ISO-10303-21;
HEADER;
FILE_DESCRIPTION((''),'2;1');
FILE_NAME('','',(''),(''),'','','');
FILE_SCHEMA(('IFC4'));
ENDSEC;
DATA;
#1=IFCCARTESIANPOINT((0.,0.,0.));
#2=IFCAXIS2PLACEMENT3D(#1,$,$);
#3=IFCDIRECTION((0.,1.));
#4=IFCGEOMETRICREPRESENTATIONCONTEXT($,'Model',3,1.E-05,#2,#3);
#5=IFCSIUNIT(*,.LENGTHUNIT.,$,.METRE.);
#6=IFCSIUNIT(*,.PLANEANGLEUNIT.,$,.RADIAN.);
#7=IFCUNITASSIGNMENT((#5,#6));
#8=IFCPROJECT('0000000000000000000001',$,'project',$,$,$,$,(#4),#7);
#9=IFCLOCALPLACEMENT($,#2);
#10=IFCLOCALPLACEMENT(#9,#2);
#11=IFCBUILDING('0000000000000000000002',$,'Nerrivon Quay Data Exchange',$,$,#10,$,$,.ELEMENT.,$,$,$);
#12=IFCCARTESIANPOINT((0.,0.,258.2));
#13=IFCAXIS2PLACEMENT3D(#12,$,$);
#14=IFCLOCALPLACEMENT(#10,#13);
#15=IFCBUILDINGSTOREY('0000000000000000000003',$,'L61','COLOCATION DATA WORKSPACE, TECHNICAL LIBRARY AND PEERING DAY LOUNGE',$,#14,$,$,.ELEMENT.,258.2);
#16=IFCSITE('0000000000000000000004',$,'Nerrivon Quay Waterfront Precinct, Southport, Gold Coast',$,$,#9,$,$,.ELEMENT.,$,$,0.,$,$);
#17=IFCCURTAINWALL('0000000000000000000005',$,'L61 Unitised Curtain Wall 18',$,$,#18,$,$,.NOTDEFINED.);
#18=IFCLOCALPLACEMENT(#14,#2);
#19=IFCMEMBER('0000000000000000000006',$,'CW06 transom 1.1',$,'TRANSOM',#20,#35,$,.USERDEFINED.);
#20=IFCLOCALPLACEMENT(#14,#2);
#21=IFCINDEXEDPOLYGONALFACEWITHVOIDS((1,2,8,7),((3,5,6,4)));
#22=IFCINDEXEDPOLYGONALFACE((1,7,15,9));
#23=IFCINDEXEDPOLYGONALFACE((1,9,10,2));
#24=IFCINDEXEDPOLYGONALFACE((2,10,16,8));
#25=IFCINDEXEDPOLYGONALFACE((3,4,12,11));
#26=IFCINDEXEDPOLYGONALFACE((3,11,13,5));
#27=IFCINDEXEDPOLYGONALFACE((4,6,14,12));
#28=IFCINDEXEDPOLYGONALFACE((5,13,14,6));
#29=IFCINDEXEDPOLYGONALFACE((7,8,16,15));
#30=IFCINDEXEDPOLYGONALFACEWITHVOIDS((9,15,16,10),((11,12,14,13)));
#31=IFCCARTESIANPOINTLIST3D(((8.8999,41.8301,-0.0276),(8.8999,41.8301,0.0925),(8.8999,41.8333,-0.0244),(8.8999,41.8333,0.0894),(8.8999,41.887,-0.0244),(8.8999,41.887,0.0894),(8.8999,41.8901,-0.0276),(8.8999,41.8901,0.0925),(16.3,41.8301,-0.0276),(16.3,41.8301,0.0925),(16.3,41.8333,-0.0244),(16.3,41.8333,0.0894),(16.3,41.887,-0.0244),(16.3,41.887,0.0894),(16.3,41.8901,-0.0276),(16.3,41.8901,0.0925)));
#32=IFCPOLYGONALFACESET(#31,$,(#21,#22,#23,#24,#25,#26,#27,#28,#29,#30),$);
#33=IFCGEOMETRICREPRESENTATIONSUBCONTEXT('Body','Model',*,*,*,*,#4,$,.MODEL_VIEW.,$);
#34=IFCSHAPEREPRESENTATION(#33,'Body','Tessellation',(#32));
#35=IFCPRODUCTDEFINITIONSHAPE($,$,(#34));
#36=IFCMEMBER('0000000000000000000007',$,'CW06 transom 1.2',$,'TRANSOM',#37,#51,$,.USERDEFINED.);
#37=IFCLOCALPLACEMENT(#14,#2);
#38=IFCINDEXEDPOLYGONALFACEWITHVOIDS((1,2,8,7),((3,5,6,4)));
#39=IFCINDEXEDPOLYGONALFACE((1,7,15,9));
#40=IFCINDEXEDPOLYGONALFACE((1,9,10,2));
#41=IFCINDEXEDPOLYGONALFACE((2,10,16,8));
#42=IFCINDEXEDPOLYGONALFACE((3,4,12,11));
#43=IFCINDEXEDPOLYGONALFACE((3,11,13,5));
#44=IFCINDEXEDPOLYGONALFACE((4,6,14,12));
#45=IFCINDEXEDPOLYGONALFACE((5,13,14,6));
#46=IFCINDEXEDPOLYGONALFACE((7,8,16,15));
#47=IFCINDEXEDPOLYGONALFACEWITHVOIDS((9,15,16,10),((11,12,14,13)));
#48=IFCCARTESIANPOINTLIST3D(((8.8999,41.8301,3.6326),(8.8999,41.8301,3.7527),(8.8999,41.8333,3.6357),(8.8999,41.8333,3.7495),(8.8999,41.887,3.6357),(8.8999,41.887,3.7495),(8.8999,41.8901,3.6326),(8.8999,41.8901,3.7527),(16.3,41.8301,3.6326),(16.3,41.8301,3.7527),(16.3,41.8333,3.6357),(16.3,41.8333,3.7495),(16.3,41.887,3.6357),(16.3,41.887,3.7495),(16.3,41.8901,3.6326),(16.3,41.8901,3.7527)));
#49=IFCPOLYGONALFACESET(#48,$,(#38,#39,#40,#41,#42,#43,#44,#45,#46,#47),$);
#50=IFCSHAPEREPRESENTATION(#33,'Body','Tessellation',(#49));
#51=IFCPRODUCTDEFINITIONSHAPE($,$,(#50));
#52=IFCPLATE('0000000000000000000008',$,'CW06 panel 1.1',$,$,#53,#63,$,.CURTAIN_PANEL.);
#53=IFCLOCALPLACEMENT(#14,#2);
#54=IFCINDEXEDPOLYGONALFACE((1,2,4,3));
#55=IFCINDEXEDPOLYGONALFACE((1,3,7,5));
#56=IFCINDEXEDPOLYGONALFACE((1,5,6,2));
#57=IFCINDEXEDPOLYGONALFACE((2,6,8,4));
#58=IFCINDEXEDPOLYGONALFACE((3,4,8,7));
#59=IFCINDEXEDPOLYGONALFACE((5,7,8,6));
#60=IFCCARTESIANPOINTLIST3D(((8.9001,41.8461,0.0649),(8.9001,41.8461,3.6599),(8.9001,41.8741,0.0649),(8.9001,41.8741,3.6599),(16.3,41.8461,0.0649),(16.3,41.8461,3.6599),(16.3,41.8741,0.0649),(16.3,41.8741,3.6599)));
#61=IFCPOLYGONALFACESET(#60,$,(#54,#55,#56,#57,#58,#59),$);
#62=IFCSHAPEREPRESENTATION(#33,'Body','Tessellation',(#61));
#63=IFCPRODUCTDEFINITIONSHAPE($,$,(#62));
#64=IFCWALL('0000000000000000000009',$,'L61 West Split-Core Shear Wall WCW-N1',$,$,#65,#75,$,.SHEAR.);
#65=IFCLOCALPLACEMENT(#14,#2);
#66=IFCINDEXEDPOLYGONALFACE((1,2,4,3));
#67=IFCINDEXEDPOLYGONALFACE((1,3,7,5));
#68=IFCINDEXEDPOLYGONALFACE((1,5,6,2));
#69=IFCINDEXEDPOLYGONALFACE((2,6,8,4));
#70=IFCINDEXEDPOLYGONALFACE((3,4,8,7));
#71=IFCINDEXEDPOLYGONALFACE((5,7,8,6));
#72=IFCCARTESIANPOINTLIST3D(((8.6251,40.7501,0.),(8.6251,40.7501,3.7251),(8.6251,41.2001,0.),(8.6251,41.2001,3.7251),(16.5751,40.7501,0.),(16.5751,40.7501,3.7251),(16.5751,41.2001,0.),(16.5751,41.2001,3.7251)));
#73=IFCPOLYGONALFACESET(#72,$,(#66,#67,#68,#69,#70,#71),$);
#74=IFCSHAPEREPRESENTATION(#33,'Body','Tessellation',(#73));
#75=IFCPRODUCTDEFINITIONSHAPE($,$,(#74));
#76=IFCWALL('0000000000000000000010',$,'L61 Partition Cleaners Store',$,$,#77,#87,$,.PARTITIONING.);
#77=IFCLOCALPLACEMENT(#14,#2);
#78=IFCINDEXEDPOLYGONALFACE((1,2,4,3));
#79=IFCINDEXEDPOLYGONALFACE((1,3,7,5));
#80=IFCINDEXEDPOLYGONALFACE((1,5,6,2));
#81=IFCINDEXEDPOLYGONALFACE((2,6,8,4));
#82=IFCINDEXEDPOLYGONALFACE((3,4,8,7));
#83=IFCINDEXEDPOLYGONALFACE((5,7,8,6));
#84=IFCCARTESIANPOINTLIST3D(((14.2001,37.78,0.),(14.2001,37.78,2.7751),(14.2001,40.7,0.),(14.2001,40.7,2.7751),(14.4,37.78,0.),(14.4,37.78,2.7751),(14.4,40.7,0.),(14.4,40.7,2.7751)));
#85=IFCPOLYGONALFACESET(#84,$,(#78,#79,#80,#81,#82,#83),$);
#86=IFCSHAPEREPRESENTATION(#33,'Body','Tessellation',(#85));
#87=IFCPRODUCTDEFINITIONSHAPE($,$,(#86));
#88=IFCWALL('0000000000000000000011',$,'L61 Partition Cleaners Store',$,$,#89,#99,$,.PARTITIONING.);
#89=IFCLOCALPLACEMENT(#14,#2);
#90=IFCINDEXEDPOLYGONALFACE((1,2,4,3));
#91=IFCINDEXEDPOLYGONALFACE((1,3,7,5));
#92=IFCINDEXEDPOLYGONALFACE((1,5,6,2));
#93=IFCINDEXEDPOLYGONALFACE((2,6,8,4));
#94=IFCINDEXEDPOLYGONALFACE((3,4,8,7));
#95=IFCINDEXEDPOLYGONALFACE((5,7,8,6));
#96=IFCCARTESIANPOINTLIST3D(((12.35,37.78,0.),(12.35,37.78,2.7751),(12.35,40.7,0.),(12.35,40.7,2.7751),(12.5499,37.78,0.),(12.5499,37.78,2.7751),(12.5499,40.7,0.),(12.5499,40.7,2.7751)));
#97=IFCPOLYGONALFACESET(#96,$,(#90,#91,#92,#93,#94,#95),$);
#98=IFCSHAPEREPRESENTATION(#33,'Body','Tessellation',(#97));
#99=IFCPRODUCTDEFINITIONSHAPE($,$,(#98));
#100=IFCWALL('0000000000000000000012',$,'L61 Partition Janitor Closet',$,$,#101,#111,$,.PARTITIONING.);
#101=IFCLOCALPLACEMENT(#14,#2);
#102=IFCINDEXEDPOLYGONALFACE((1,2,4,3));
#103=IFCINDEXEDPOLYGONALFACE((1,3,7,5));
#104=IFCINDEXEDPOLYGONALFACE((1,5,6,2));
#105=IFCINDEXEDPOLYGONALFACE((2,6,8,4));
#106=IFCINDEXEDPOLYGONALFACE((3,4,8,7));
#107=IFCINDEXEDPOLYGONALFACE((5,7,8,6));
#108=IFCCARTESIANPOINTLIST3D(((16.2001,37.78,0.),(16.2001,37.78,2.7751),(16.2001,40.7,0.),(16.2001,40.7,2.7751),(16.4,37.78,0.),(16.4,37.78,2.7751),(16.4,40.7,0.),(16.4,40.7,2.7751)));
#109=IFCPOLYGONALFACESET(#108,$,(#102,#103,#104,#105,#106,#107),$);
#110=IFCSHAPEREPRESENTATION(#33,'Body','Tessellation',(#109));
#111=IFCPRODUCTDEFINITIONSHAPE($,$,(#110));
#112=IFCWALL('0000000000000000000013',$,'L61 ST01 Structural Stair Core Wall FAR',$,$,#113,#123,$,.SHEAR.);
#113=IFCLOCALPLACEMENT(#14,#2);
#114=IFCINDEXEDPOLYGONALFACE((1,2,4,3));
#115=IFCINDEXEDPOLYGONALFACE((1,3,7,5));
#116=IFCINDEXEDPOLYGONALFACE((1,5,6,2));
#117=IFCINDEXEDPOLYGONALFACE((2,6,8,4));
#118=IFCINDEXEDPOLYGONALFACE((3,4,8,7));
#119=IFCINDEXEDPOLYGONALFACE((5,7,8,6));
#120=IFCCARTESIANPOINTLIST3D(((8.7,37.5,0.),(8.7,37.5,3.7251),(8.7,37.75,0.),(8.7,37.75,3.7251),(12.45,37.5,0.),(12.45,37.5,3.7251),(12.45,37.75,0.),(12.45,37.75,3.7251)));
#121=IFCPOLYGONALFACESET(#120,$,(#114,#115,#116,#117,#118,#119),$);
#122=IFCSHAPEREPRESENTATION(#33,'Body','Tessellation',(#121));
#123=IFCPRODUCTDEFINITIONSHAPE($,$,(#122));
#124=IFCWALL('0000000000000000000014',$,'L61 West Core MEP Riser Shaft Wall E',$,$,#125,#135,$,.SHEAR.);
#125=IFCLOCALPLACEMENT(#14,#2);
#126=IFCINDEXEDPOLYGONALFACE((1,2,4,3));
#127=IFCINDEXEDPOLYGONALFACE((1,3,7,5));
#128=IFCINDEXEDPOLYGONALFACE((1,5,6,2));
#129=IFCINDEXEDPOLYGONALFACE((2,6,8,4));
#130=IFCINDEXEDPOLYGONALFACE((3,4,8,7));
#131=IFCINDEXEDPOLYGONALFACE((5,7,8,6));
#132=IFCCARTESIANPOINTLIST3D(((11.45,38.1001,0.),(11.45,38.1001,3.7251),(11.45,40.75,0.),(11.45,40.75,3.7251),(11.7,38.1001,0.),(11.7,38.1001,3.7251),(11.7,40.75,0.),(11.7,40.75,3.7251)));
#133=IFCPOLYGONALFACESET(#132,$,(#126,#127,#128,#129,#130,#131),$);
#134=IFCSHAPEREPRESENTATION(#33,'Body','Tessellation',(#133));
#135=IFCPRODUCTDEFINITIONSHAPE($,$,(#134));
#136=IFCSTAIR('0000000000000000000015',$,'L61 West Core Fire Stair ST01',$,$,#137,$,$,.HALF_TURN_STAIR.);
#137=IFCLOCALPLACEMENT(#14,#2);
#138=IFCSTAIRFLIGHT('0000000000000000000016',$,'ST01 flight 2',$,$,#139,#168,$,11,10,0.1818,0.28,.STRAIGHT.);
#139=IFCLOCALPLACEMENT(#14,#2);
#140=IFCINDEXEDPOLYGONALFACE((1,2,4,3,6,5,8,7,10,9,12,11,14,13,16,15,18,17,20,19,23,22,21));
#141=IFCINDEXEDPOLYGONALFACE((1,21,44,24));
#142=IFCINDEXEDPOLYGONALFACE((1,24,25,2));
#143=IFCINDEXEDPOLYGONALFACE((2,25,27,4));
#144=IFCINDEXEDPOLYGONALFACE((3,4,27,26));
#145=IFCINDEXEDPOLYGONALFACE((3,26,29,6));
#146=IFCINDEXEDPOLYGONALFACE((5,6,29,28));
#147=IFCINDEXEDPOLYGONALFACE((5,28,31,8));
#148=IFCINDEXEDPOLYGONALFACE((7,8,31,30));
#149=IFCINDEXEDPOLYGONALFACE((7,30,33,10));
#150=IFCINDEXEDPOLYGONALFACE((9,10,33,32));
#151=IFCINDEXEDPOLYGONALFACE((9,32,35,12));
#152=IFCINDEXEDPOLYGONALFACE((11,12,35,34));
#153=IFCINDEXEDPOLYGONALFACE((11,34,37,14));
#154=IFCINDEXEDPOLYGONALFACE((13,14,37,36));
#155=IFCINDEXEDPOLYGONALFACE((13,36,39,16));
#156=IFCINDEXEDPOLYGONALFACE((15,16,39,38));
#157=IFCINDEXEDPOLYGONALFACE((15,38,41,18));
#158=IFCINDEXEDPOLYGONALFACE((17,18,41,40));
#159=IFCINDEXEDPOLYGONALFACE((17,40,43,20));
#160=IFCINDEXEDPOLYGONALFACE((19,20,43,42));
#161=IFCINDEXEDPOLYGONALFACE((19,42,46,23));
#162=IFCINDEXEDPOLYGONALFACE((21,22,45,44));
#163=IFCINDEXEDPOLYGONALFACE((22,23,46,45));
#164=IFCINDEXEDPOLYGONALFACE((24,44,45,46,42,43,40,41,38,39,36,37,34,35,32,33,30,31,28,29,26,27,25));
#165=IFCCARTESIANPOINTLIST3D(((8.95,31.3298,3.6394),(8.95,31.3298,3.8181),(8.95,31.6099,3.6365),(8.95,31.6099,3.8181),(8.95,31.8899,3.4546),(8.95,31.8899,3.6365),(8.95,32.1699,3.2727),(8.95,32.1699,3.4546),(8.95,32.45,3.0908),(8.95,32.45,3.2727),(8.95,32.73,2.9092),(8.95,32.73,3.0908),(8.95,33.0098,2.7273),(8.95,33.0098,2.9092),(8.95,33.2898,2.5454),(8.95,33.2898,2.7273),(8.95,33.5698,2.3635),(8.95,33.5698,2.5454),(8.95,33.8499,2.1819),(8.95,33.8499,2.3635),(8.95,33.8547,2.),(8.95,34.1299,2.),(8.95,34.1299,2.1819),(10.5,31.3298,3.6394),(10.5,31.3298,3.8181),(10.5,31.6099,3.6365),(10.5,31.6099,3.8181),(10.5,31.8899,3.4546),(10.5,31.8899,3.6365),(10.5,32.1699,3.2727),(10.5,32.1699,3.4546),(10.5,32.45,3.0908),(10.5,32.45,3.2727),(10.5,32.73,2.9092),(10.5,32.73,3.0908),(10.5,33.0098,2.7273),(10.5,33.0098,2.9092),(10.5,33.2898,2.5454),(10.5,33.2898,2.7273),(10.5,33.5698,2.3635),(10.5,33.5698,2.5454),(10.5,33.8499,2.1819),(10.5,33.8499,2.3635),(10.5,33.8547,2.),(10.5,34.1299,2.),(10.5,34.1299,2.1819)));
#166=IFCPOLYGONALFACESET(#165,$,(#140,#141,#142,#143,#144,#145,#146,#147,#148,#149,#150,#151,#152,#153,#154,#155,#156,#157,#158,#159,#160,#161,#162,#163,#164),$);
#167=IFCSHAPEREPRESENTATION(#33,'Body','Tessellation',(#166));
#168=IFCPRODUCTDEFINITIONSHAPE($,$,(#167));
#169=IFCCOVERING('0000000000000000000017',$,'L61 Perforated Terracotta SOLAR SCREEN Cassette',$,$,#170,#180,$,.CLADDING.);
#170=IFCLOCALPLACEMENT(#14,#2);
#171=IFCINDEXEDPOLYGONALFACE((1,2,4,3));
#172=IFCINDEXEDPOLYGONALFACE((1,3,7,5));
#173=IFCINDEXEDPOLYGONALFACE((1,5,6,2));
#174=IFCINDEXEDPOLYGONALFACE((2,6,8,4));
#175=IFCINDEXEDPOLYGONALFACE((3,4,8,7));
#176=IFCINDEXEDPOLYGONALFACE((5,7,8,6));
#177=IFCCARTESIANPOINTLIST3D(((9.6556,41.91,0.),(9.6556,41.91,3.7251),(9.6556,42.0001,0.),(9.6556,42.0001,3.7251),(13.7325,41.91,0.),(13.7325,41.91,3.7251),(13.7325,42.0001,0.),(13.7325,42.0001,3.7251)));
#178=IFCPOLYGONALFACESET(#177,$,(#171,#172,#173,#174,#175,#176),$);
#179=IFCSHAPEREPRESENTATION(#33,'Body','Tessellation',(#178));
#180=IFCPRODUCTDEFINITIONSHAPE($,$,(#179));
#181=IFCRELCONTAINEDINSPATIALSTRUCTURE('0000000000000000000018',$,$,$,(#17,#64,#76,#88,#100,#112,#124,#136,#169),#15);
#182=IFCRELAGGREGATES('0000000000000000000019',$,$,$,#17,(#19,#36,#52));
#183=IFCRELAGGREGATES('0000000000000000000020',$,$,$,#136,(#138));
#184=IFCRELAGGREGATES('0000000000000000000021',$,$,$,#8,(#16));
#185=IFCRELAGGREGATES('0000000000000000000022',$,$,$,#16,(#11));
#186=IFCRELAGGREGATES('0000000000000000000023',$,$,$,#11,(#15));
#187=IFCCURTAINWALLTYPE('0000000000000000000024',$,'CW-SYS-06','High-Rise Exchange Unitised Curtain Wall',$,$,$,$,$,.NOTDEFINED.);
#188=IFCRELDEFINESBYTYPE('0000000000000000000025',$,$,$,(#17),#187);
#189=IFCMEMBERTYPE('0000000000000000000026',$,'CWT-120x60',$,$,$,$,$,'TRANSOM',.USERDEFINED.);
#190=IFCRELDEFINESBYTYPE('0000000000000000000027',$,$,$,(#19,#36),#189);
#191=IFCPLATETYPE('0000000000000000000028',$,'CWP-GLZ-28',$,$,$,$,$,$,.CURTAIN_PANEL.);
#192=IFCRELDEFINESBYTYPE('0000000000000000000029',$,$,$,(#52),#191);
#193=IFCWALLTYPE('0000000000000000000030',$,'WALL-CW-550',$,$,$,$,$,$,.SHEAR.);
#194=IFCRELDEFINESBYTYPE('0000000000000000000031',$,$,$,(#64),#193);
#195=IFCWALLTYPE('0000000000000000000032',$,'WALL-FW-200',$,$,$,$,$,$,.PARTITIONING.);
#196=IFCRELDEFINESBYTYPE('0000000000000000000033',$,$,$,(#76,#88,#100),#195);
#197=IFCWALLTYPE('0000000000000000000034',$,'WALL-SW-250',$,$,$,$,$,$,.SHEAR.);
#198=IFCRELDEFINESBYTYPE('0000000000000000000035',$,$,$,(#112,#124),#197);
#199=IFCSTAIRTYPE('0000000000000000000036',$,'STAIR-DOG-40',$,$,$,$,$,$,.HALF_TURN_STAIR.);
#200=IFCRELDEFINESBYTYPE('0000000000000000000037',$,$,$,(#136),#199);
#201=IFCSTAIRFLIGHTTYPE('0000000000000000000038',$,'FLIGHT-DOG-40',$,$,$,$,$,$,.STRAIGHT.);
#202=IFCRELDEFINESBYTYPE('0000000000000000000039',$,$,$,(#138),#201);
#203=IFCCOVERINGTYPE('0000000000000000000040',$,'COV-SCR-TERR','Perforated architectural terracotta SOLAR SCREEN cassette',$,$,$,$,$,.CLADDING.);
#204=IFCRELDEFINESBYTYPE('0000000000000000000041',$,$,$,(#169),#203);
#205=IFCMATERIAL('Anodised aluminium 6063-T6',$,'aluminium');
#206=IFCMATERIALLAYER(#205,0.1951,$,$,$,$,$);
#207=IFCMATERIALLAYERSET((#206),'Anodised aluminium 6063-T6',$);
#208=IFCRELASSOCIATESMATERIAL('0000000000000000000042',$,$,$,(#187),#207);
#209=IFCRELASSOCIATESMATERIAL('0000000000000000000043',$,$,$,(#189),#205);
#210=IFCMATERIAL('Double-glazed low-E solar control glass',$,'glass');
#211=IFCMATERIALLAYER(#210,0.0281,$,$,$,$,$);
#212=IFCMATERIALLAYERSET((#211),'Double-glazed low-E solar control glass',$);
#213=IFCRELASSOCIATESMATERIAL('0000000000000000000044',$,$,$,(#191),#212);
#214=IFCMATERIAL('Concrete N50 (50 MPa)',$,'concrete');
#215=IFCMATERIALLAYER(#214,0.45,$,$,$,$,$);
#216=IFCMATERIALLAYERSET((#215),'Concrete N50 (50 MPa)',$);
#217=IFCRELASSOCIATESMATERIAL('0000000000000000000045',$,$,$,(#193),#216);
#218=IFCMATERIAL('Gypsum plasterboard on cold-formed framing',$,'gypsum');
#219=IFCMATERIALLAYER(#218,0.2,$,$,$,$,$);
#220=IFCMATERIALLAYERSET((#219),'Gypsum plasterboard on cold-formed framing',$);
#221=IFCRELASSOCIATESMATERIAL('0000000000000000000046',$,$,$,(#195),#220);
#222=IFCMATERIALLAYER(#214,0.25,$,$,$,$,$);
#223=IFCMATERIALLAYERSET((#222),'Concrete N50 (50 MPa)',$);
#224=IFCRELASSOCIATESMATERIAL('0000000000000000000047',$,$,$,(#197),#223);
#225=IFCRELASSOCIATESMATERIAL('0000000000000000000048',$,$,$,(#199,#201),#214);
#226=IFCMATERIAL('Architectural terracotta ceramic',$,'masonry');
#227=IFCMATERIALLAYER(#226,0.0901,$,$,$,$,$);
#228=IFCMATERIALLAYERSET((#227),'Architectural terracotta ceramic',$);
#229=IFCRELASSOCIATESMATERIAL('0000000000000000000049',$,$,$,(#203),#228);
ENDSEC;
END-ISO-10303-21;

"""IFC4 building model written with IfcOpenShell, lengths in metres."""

from ifc_helpers import new_model, si_unit, direction, frame, frame_2d, origin, origin_2d, place, context, subcontext, project, spatial, polyline, rectangle, hollow_rectangle, outline, extrude, material, layer, layer_set, material_profile, profile_set, type_object, element, aggregate, save


model = new_model("IFC4")

# Units and contexts
model_context = context("Model", 3, precision=1e-05, world=origin(), true_north=direction((0.0, 1.0)))
body_context = subcontext(model_context, "Body", "Model", "MODEL_VIEW")
ifc_project = project(units=[si_unit("LENGTHUNIT", "METRE"), si_unit("PLANEANGLEUNIT", "RADIAN")], contexts=[model_context])

# Site, building, storey
site_placement = place(None, origin())
site = spatial("IfcSite", under=ifc_project, at=site_placement, Name="Nerrivon Quay Waterfront Precinct, Southport, Gold Coast", CompositionType="ELEMENT", RefElevation=0.0)
building_placement = place(site_placement, origin())
building = spatial("IfcBuilding", under=site, at=building_placement, Name="Nerrivon Quay Data Exchange", CompositionType="ELEMENT")
storey_placement = place(building_placement, frame((0.0, 0.0, 258.2)))
storey = spatial("IfcBuildingStorey", under=building, at=storey_placement, Name="L61", Description="COLOCATION DATA WORKSPACE, TECHNICAL LIBRARY AND PEERING DAY LOUNGE", CompositionType="ELEMENT", Elevation=258.2)

# Shared definitions
ifc_material_1 = material(Name="Concrete N50 (50 MPa)", Category="concrete")

# Curtain wall, members, plate
ifc_material_2 = material(Name="Anodised aluminium 6063-T6", Category="aluminium")
ifc_layer_1 = layer(ifc_material_2, 0.1951)
ifc_layer_set_1 = layer_set([ifc_layer_1], Name="Anodised aluminium 6063-T6")
curtain_wall_type = type_object("IfcCurtainWallType", Name="CW-SYS-06", Description="High-Rise Exchange Unitised Curtain Wall", PredefinedType="NOTDEFINED", material=ifc_layer_set_1)
curtain_wall_placement = place(storey_placement, origin())
curtain_wall = element("IfcCurtainWall", 1, at=curtain_wall_placement, inside=storey, type_object=curtain_wall_type, Name="L61 Unitised Curtain Wall 18", PredefinedType="NOTDEFINED")
ifc_material_profile_1 = material_profile(ifc_material_2, hollow_rectangle(XDim=0.0601, YDim=0.1201, WallThickness=0.0032, at=origin_2d()), Name="ALU-TRAN-120x60")
ifc_profile_set_1 = profile_set([ifc_material_profile_1], Name="Anodised aluminium 6063-T6")
member_type_1 = type_object("IfcMemberType", Name="CWT-120x60", ElementType="TRANSOM", PredefinedType="USERDEFINED", material=ifc_profile_set_1)
member_1_placement = place(storey_placement, frame((8.8999, 41.8601, 0.0325), z_axis=(1.0, 0.0, 0.0), x_axis=(0.0, 1.0, 0.0)))
member_1 = element("IfcMember", 2, at=member_1_placement, type_object=member_type_1, Name="CW06 transom 1.1", ObjectType="TRANSOM", PredefinedType="USERDEFINED", context=body_context, shape_type="SweptSolid", body=[
    extrude(hollow_rectangle(XDim=0.0601, YDim=0.1201, WallThickness=0.0032, at=origin_2d()), origin(), (0.0, 0.0, 1.0), 7.4001),
])
member_2_placement = place(storey_placement, frame((8.8999, 41.8601, 3.6926), z_axis=(1.0, 0.0, 0.0), x_axis=(0.0, 1.0, 0.0)))
member_2 = element("IfcMember", 3, at=member_2_placement, type_object=member_type_1, Name="CW06 transom 1.2", ObjectType="TRANSOM", PredefinedType="USERDEFINED", context=body_context, shape_type="SweptSolid", body=[
    extrude(hollow_rectangle(XDim=0.0601, YDim=0.1201, WallThickness=0.0032, at=origin_2d()), origin(), (0.0, 0.0, 1.0), 7.4001),
])
ifc_material_3 = material(Name="Double-glazed low-E solar control glass", Category="glass")
ifc_layer_2 = layer(ifc_material_3, 0.0281)
ifc_layer_set_2 = layer_set([ifc_layer_2], Name="Double-glazed low-E solar control glass")
plate_type = type_object("IfcPlateType", Name="CWP-GLZ-28", PredefinedType="CURTAIN_PANEL", material=ifc_layer_set_2)
plate_placement = place(storey_placement, frame((12.6001, 41.8601, 0.0649), z_axis=(0.0, 0.0, 1.0), x_axis=(1.0, 0.0, 0.0)))
plate = element("IfcPlate", 4, at=plate_placement, type_object=plate_type, Name="CW06 panel 1.1", PredefinedType="CURTAIN_PANEL", context=body_context, shape_type="SweptSolid", body=[
    extrude(rectangle(XDim=7.3999, YDim=0.0281, at=origin_2d()), origin(), (0.0, 0.0, 1.0), 3.595),
])
aggregate(curtain_wall, [member_1, member_2, plate])

# Wall
ifc_layer_3 = layer(ifc_material_1, 0.45)
ifc_layer_set_3 = layer_set([ifc_layer_3], Name="Concrete N50 (50 MPa)")
wall_type_1 = type_object("IfcWallType", Name="WALL-CW-550", PredefinedType="SHEAR", material=ifc_layer_set_3)
wall_1_placement = place(storey_placement, frame((8.625, 40.9751, 0.0), z_axis=(0.0, 0.0, 1.0), x_axis=(1.0, 0.0, 0.0)))
element("IfcWall", 5, at=wall_1_placement, inside=storey, type_object=wall_type_1, Name="L61 West Split-Core Shear Wall WCW-N1", PredefinedType="SHEAR", context=body_context, shape_type="SweptSolid", body=[
    extrude(rectangle(XDim=7.95, YDim=0.45, at=frame_2d((3.9751, 0.0))), origin(), (0.0, 0.0, 1.0), 3.7251),
])

# Walls
ifc_material_4 = material(Name="Gypsum plasterboard on cold-formed framing", Category="gypsum")
ifc_layer_4 = layer(ifc_material_4, 0.2)
ifc_layer_set_4 = layer_set([ifc_layer_4], Name="Gypsum plasterboard on cold-formed framing")
wall_type_2 = type_object("IfcWallType", Name="WALL-FW-200", PredefinedType="PARTITIONING", material=ifc_layer_set_4)
for number, where, z_axis, x_axis, name in (
    (6, (14.3, 37.78, 0.0), (0.0, 0.0, 1.0), (0.0, 1.0, 0.0), "L61 Partition Cleaners Store"),
    (7, (12.45, 40.7, 0.0), (0.0, 0.0, 1.0), (0.0, -1.0, 0.0), "L61 Partition Cleaners Store"),
    (8, (16.3, 37.78, 0.0), (0.0, 0.0, 1.0), (0.0, 1.0, 0.0), "L61 Partition Janitor Closet"),
):
    element("IfcWall", number, at=place(storey_placement, frame(where, z_axis=z_axis, x_axis=x_axis)), inside=storey, type_object=wall_type_2, Name=name, PredefinedType="PARTITIONING", context=body_context, shape_type="SweptSolid", body=[
        extrude(rectangle(XDim=2.9199, YDim=0.2, at=frame_2d((1.46, 0.0))), origin(), (0.0, 0.0, 1.0), 2.7751),
    ])
ifc_layer_5 = layer(ifc_material_1, 0.25)
ifc_layer_set_5 = layer_set([ifc_layer_5], Name="Concrete N50 (50 MPa)")
wall_type_3 = type_object("IfcWallType", Name="WALL-SW-250", PredefinedType="SHEAR", material=ifc_layer_set_5)
wall_2_placement = place(storey_placement, frame((12.45, 37.625, 0.0), z_axis=(0.0, 0.0, 1.0), x_axis=(-1.0, 0.0, 0.0)))
element("IfcWall", 9, at=wall_2_placement, inside=storey, type_object=wall_type_3, Name="L61 ST01 Structural Stair Core Wall FAR", PredefinedType="SHEAR", context=body_context, shape_type="SweptSolid", body=[
    extrude(rectangle(XDim=3.75, YDim=0.25, at=frame_2d((1.875, 0.0))), origin(), (0.0, 0.0, 1.0), 3.7251),
])
wall_3_placement = place(storey_placement, frame((11.575, 38.1001, 0.0), z_axis=(0.0, 0.0, 1.0), x_axis=(0.0, 1.0, 0.0)))
element("IfcWall", 10, at=wall_3_placement, inside=storey, type_object=wall_type_3, Name="L61 West Core MEP Riser Shaft Wall E", PredefinedType="SHEAR", context=body_context, shape_type="SweptSolid", body=[
    extrude(rectangle(XDim=2.6499, YDim=0.25, at=frame_2d((1.325, 0.0))), origin(), (0.0, 0.0, 1.0), 3.7251),
])

# Stair, stair flight
stair_type = type_object("IfcStairType", Name="STAIR-DOG-40", PredefinedType="HALF_TURN_STAIR", material=ifc_material_1)
stair_placement = place(storey_placement, origin())
stair = element("IfcStair", 11, at=stair_placement, inside=storey, type_object=stair_type, Name="L61 West Core Fire Stair ST01", PredefinedType="HALF_TURN_STAIR")
stair_flight_type = type_object("IfcStairFlightType", Name="FLIGHT-DOG-40", PredefinedType="STRAIGHT", material=ifc_material_1)
stair_flight_placement = place(storey_placement, frame((9.7251, 34.1299, 2.0), z_axis=(0.0, 0.0, 1.0), x_axis=(0.0, -1.0, 0.0)))
stair_flight = element("IfcStairFlight", 12, at=stair_flight_placement, type_object=stair_flight_type, Name="ST01 flight 2", NumberOfRisers=11, NumberOfTreads=10, PredefinedType="STRAIGHT", RiserHeight=0.1818, TreadLength=0.28, context=body_context, shape_type="SweptSolid", body=[
    extrude(outline(polyline([(0.0, 0.0), (0.0, 0.1819), (0.28, 0.1819), (0.28, 0.3635), (0.5601, 0.3635), (0.5601, 0.5454), (0.8401, 0.5454), (0.8401, 0.7273), (1.1201, 0.7273), (1.1201, 0.9092), (1.3999, 0.9092), (1.3999, 1.0908), (1.6799, 1.0908), (1.6799, 1.2727), (1.96, 1.2727), (1.96, 1.4546), (2.24, 1.4546), (2.24, 1.6365), (2.52, 1.6365), (2.52, 1.8181), (2.8, 1.8181), (2.8, 2.0), (2.8, 1.6394), (0.2751, 0.0), (0.0, 0.0)])), frame((0.0, 0.7749, 0.0), z_axis=(0.0, -1.0, 0.0), x_axis=(1.0, 0.0, 0.0)), (0.0, 0.0, 1.0), 1.55),
])
aggregate(stair, [stair_flight])

# Covering
ifc_material_5 = material(Name="Architectural terracotta ceramic", Category="masonry")
ifc_layer_6 = layer(ifc_material_5, 0.0901)
ifc_layer_set_6 = layer_set([ifc_layer_6], Name="Architectural terracotta ceramic")
covering_type = type_object("IfcCoveringType", Name="COV-SCR-TERR", Description="Perforated architectural terracotta SOLAR SCREEN cassette", PredefinedType="CLADDING", material=ifc_layer_set_6)
covering_placement = place(storey_placement, frame((11.6941, 41.9551, 0.0), z_axis=(0.0, 0.0, 1.0), x_axis=(1.0, 0.0, 0.0)))
element("IfcCovering", 13, at=covering_placement, inside=storey, type_object=covering_type, Name="L61 Perforated Terracotta SOLAR SCREEN Cassette", PredefinedType="CLADDING", context=body_context, shape_type="SweptSolid", body=[
    extrude(rectangle(XDim=4.0769, YDim=0.0901, at=origin_2d()), origin(), (0.0, 0.0, 1.0), 3.7251),
])

save(model, "model.ifc")
